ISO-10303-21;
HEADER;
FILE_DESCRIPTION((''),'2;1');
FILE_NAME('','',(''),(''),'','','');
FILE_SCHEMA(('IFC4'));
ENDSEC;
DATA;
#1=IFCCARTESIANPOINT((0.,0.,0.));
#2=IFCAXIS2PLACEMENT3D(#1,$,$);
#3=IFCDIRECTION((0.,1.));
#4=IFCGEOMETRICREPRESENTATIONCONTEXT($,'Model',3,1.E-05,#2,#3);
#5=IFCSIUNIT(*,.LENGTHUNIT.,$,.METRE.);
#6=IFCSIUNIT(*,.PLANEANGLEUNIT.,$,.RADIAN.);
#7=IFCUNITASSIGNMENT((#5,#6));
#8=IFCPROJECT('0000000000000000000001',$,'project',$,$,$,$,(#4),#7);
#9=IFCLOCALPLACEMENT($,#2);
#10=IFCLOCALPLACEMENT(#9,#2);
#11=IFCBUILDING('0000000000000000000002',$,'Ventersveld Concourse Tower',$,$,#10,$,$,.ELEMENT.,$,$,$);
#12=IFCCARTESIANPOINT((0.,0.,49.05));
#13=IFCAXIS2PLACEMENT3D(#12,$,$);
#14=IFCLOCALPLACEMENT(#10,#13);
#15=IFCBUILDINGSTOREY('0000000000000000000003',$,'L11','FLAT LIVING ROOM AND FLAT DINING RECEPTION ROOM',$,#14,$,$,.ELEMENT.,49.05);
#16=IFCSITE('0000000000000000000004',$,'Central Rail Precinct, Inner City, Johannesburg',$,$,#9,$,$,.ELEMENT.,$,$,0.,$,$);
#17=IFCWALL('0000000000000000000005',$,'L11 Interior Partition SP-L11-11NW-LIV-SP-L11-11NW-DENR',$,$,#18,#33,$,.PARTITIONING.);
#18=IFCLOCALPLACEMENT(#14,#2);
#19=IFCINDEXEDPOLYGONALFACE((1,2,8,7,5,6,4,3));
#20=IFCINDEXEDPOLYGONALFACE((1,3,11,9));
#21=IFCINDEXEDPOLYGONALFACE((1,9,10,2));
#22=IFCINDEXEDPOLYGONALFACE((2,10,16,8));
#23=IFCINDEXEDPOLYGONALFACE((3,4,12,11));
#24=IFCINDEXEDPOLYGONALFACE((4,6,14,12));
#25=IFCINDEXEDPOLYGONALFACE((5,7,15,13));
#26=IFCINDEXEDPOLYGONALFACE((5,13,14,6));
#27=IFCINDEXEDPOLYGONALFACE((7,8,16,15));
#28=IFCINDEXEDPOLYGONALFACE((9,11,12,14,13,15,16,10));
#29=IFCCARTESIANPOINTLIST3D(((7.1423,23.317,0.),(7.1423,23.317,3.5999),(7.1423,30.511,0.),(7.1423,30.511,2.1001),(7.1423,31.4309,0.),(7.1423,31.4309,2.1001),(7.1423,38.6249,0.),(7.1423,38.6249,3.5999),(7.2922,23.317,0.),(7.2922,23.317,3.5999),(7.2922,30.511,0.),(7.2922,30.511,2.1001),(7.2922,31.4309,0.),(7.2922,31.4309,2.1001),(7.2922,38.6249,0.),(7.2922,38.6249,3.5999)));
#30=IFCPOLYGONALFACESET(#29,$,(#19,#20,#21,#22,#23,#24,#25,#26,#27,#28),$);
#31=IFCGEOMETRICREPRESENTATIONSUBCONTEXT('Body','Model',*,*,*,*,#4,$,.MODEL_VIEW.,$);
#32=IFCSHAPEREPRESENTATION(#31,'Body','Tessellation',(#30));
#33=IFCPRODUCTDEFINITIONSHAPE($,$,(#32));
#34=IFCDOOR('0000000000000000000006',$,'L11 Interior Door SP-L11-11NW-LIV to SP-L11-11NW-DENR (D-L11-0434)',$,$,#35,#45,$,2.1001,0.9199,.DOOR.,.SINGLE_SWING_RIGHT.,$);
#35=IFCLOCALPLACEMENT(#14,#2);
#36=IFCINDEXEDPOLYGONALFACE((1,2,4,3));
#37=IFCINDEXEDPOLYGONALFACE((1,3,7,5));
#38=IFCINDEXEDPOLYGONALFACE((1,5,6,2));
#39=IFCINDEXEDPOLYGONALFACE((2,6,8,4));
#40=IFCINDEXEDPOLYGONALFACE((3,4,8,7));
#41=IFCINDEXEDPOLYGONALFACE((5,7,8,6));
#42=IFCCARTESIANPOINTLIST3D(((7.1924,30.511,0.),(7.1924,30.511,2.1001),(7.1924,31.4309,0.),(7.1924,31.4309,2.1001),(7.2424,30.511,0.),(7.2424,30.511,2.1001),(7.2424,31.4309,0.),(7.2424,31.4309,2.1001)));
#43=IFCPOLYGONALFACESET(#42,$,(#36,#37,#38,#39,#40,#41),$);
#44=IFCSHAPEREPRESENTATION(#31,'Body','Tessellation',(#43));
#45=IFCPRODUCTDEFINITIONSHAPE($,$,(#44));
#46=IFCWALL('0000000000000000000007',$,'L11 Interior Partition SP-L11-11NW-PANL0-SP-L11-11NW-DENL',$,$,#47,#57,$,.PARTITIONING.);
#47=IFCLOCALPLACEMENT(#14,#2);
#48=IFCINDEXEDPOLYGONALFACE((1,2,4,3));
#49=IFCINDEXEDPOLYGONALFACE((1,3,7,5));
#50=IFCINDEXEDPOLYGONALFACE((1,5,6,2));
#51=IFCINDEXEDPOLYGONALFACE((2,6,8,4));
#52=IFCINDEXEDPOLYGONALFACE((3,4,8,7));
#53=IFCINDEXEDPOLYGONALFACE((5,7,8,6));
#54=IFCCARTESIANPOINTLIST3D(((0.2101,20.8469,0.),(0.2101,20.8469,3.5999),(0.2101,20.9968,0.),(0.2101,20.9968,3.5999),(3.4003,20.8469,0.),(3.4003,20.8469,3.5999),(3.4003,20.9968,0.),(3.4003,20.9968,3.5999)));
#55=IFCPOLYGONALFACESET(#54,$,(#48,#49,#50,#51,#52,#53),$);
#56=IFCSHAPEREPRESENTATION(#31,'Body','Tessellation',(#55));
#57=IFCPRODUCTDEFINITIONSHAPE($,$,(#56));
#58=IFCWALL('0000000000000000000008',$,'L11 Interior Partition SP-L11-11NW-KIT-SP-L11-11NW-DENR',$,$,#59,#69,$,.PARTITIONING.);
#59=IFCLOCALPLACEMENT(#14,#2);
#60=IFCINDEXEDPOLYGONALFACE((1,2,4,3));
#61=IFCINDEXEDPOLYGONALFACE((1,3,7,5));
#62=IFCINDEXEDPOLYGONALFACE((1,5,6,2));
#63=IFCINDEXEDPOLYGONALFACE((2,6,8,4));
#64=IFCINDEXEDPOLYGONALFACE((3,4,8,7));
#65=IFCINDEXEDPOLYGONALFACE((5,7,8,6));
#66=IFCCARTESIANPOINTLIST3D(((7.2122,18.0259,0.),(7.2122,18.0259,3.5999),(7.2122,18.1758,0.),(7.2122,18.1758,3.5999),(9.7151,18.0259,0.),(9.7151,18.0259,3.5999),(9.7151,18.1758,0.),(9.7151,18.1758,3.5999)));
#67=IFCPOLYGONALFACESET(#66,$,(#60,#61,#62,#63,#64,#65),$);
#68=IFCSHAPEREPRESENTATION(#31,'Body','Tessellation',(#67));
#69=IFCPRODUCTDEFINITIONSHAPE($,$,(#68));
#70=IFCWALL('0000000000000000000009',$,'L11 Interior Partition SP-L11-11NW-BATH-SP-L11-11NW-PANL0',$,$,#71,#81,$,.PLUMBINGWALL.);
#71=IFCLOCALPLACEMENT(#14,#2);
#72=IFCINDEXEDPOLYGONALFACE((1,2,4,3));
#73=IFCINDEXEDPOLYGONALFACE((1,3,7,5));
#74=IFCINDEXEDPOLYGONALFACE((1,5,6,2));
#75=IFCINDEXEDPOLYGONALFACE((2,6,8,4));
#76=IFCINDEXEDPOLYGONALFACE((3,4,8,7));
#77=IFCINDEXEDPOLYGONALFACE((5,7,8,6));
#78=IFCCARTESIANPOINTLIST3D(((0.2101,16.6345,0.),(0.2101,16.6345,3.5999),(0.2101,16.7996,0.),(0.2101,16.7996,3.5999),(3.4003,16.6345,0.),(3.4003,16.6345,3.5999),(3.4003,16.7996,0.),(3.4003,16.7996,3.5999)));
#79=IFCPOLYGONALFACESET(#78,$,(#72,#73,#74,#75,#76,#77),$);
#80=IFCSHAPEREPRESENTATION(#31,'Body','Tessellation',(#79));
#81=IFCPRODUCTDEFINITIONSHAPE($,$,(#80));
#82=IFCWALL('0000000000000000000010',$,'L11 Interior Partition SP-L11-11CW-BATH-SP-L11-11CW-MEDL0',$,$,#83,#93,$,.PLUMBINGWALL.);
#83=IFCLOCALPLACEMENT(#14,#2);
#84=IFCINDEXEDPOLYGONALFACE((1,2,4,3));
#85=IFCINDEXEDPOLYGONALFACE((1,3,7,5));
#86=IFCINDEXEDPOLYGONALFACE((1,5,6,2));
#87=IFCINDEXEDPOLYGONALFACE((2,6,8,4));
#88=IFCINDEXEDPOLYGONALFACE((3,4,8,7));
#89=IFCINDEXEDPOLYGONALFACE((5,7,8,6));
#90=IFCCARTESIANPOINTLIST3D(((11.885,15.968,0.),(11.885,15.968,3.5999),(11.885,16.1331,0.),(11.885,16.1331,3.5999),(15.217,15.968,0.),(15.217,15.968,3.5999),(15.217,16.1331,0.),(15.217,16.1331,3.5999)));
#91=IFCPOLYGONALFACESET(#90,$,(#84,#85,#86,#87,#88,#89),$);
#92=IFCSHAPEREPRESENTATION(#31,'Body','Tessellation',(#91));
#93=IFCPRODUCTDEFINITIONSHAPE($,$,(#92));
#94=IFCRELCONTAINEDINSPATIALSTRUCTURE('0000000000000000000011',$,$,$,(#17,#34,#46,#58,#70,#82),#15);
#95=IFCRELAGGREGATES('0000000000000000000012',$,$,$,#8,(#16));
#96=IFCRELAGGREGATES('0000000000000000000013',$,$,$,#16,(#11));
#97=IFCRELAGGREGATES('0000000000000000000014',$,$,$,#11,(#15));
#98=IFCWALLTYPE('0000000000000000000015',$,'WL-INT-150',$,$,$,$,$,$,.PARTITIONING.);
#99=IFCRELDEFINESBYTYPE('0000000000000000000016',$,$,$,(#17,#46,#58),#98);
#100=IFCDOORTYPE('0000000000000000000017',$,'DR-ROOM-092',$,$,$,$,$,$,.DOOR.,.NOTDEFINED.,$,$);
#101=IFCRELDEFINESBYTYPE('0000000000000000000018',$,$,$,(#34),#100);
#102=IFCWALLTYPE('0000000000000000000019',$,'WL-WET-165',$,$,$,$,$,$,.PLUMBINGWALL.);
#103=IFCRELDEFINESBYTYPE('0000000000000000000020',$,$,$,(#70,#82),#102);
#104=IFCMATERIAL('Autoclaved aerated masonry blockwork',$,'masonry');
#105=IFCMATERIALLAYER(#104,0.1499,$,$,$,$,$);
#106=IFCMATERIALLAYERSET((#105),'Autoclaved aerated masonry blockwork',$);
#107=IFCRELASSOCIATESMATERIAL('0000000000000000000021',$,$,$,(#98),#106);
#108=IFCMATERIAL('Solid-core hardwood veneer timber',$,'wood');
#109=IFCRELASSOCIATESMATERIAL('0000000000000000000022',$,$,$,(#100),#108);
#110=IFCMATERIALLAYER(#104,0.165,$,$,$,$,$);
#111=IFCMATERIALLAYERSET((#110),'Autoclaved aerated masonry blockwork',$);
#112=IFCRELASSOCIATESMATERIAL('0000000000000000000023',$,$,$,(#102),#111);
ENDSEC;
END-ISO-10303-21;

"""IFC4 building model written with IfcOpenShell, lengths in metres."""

from ifc_helpers import new_model, si_unit, direction, frame, frame_2d, origin, place, context, subcontext, project, spatial, rectangle, extrude, material, layer, layer_set, type_object, element, fill, save


model = new_model("IFC4")

# Units and contexts
model_context = context("Model", 3, precision=1e-05, world=origin(), true_north=direction((0.0, 1.0)))
body_context = subcontext(model_context, "Body", "Model", "MODEL_VIEW")
ifc_project = project(units=[si_unit("LENGTHUNIT", "METRE"), si_unit("PLANEANGLEUNIT", "RADIAN")], contexts=[model_context])

# Site, building, storey
site_placement = place(None, origin())
site = spatial("IfcSite", under=ifc_project, at=site_placement, Name="Central Rail Precinct, Inner City, Johannesburg", CompositionType="ELEMENT", RefElevation=0.0)
building_placement = place(site_placement, origin())
building = spatial("IfcBuilding", under=site, at=building_placement, Name="Ventersveld Concourse Tower", CompositionType="ELEMENT")
storey_placement = place(building_placement, frame((0.0, 0.0, 49.05)))
storey = spatial("IfcBuildingStorey", under=building, at=storey_placement, Name="L11", Description="FLAT LIVING ROOM AND FLAT DINING RECEPTION ROOM", CompositionType="ELEMENT", Elevation=49.05)

# Wall, opening, door
ifc_material_1 = material(Name="Autoclaved aerated masonry blockwork", Category="masonry")
ifc_layer_1 = layer(ifc_material_1, 0.1499)
ifc_layer_set_1 = layer_set([ifc_layer_1], Name="Autoclaved aerated masonry blockwork")
wall_type_1 = type_object("IfcWallType", Name="WL-INT-150", PredefinedType="PARTITIONING", material=ifc_layer_set_1)
ifc_material_2 = material(Name="Solid-core hardwood veneer timber", Category="wood")
door_type = type_object("IfcDoorType", Name="DR-ROOM-092", OperationType="NOTDEFINED", PredefinedType="DOOR", material=ifc_material_2)
wall_1_placement = place(storey_placement, frame((7.2173, 23.3171, 0.0), z_axis=(0.0, 0.0, 1.0), x_axis=(0.0, 1.0, 0.0)))
wall_1 = element("IfcWall", 1, at=wall_1_placement, inside=storey, type_object=wall_type_1, Name="L11 Interior Partition SP-L11-11NW-LIV-SP-L11-11NW-DENR", PredefinedType="PARTITIONING", context=body_context, shape_type="SweptSolid", body=[
    extrude(rectangle(XDim=15.3079, YDim=0.1499, at=frame_2d((7.6538, 0.0))), origin(), (0.0, 0.0, 1.0), 3.5999),
])
opening_1_placement = place(wall_1_placement, frame((7.1938, 0.0, 0.0)))
opening_1 = element("IfcOpeningElement", 2, at=opening_1_placement, cuts=wall_1, PredefinedType="OPENING", context=body_context, shape_type="SweptSolid", body=[
    extrude(rectangle(XDim=0.9199, YDim=2.1001, at=frame_2d((0.46, 1.05))), frame((0.0, 0.085, 0.0), z_axis=(0.0, -1.0, 0.0), x_axis=(1.0, 0.0, 0.0)), (0.0, 0.0, 1.0), 0.1699),
])
door_1_placement = place(opening_1_placement, origin())
door_1 = element("IfcDoor", 3, at=door_1_placement, inside=storey, type_object=door_type, Name="L11 Interior Door SP-L11-11NW-LIV to SP-L11-11NW-DENR (D-L11-0434)", OperationType="SINGLE_SWING_RIGHT", OverallHeight=2.1001, OverallWidth=0.9199, PredefinedType="DOOR", context=body_context, shape_type="SweptSolid", body=[
    extrude(rectangle(XDim=0.9199, YDim=2.1001, at=frame_2d((0.46, 1.05))), frame((0.0, 0.0249, 0.0), z_axis=(0.0, -1.0, 0.0), x_axis=(1.0, 0.0, 0.0)), (0.0, 0.0, 1.0), 0.05),
])
fill(opening_1, door_1)

# Walls
wall_2_placement = place(storey_placement, frame((0.21, 20.9219, 0.0), z_axis=(0.0, 0.0, 1.0), x_axis=(1.0, 0.0, 0.0)))
element("IfcWall", 4, at=wall_2_placement, inside=storey, type_object=wall_type_1, Name="L11 Interior Partition SP-L11-11NW-PANL0-SP-L11-11NW-DENL", PredefinedType="PARTITIONING", context=body_context, shape_type="SweptSolid", body=[
    extrude(rectangle(XDim=3.1902, YDim=0.1499, at=frame_2d((1.5952, 0.0))), origin(), (0.0, 0.0, 1.0), 3.5999),
])
wall_3_placement = place(storey_placement, frame((7.2122, 18.1008, 0.0), z_axis=(0.0, 0.0, 1.0), x_axis=(1.0, 0.0, 0.0)))
element("IfcWall", 5, at=wall_3_placement, inside=storey, type_object=wall_type_1, Name="L11 Interior Partition SP-L11-11NW-KIT-SP-L11-11NW-DENR", PredefinedType="PARTITIONING", context=body_context, shape_type="SweptSolid", body=[
    extrude(rectangle(XDim=2.5029, YDim=0.1499, at=frame_2d((1.2515, 0.0))), origin(), (0.0, 0.0, 1.0), 3.5999),
])
ifc_layer_2 = layer(ifc_material_1, 0.165)
ifc_layer_set_2 = layer_set([ifc_layer_2], Name="Autoclaved aerated masonry blockwork")
wall_type_2 = type_object("IfcWallType", Name="WL-WET-165", PredefinedType="PLUMBINGWALL", material=ifc_layer_set_2)
wall_4_placement = place(storey_placement, frame((0.21, 16.717, 0.0), z_axis=(0.0, 0.0, 1.0), x_axis=(1.0, 0.0, 0.0)))
element("IfcWall", 6, at=wall_4_placement, inside=storey, type_object=wall_type_2, Name="L11 Interior Partition SP-L11-11NW-BATH-SP-L11-11NW-PANL0", PredefinedType="PLUMBINGWALL", context=body_context, shape_type="SweptSolid", body=[
    extrude(rectangle(XDim=3.1902, YDim=0.165, at=frame_2d((1.5952, 0.0))), origin(), (0.0, 0.0, 1.0), 3.5999),
])
wall_5_placement = place(storey_placement, frame((11.885, 16.0505, 0.0), z_axis=(0.0, 0.0, 1.0), x_axis=(1.0, 0.0, 0.0)))
element("IfcWall", 7, at=wall_5_placement, inside=storey, type_object=wall_type_2, Name="L11 Interior Partition SP-L11-11CW-BATH-SP-L11-11CW-MEDL0", PredefinedType="PLUMBINGWALL", context=body_context, shape_type="SweptSolid", body=[
    extrude(rectangle(XDim=3.332, YDim=0.165, at=frame_2d((1.666, 0.0))), origin(), (0.0, 0.0, 1.0), 3.5999),
])

save(model, "model.ifc")
